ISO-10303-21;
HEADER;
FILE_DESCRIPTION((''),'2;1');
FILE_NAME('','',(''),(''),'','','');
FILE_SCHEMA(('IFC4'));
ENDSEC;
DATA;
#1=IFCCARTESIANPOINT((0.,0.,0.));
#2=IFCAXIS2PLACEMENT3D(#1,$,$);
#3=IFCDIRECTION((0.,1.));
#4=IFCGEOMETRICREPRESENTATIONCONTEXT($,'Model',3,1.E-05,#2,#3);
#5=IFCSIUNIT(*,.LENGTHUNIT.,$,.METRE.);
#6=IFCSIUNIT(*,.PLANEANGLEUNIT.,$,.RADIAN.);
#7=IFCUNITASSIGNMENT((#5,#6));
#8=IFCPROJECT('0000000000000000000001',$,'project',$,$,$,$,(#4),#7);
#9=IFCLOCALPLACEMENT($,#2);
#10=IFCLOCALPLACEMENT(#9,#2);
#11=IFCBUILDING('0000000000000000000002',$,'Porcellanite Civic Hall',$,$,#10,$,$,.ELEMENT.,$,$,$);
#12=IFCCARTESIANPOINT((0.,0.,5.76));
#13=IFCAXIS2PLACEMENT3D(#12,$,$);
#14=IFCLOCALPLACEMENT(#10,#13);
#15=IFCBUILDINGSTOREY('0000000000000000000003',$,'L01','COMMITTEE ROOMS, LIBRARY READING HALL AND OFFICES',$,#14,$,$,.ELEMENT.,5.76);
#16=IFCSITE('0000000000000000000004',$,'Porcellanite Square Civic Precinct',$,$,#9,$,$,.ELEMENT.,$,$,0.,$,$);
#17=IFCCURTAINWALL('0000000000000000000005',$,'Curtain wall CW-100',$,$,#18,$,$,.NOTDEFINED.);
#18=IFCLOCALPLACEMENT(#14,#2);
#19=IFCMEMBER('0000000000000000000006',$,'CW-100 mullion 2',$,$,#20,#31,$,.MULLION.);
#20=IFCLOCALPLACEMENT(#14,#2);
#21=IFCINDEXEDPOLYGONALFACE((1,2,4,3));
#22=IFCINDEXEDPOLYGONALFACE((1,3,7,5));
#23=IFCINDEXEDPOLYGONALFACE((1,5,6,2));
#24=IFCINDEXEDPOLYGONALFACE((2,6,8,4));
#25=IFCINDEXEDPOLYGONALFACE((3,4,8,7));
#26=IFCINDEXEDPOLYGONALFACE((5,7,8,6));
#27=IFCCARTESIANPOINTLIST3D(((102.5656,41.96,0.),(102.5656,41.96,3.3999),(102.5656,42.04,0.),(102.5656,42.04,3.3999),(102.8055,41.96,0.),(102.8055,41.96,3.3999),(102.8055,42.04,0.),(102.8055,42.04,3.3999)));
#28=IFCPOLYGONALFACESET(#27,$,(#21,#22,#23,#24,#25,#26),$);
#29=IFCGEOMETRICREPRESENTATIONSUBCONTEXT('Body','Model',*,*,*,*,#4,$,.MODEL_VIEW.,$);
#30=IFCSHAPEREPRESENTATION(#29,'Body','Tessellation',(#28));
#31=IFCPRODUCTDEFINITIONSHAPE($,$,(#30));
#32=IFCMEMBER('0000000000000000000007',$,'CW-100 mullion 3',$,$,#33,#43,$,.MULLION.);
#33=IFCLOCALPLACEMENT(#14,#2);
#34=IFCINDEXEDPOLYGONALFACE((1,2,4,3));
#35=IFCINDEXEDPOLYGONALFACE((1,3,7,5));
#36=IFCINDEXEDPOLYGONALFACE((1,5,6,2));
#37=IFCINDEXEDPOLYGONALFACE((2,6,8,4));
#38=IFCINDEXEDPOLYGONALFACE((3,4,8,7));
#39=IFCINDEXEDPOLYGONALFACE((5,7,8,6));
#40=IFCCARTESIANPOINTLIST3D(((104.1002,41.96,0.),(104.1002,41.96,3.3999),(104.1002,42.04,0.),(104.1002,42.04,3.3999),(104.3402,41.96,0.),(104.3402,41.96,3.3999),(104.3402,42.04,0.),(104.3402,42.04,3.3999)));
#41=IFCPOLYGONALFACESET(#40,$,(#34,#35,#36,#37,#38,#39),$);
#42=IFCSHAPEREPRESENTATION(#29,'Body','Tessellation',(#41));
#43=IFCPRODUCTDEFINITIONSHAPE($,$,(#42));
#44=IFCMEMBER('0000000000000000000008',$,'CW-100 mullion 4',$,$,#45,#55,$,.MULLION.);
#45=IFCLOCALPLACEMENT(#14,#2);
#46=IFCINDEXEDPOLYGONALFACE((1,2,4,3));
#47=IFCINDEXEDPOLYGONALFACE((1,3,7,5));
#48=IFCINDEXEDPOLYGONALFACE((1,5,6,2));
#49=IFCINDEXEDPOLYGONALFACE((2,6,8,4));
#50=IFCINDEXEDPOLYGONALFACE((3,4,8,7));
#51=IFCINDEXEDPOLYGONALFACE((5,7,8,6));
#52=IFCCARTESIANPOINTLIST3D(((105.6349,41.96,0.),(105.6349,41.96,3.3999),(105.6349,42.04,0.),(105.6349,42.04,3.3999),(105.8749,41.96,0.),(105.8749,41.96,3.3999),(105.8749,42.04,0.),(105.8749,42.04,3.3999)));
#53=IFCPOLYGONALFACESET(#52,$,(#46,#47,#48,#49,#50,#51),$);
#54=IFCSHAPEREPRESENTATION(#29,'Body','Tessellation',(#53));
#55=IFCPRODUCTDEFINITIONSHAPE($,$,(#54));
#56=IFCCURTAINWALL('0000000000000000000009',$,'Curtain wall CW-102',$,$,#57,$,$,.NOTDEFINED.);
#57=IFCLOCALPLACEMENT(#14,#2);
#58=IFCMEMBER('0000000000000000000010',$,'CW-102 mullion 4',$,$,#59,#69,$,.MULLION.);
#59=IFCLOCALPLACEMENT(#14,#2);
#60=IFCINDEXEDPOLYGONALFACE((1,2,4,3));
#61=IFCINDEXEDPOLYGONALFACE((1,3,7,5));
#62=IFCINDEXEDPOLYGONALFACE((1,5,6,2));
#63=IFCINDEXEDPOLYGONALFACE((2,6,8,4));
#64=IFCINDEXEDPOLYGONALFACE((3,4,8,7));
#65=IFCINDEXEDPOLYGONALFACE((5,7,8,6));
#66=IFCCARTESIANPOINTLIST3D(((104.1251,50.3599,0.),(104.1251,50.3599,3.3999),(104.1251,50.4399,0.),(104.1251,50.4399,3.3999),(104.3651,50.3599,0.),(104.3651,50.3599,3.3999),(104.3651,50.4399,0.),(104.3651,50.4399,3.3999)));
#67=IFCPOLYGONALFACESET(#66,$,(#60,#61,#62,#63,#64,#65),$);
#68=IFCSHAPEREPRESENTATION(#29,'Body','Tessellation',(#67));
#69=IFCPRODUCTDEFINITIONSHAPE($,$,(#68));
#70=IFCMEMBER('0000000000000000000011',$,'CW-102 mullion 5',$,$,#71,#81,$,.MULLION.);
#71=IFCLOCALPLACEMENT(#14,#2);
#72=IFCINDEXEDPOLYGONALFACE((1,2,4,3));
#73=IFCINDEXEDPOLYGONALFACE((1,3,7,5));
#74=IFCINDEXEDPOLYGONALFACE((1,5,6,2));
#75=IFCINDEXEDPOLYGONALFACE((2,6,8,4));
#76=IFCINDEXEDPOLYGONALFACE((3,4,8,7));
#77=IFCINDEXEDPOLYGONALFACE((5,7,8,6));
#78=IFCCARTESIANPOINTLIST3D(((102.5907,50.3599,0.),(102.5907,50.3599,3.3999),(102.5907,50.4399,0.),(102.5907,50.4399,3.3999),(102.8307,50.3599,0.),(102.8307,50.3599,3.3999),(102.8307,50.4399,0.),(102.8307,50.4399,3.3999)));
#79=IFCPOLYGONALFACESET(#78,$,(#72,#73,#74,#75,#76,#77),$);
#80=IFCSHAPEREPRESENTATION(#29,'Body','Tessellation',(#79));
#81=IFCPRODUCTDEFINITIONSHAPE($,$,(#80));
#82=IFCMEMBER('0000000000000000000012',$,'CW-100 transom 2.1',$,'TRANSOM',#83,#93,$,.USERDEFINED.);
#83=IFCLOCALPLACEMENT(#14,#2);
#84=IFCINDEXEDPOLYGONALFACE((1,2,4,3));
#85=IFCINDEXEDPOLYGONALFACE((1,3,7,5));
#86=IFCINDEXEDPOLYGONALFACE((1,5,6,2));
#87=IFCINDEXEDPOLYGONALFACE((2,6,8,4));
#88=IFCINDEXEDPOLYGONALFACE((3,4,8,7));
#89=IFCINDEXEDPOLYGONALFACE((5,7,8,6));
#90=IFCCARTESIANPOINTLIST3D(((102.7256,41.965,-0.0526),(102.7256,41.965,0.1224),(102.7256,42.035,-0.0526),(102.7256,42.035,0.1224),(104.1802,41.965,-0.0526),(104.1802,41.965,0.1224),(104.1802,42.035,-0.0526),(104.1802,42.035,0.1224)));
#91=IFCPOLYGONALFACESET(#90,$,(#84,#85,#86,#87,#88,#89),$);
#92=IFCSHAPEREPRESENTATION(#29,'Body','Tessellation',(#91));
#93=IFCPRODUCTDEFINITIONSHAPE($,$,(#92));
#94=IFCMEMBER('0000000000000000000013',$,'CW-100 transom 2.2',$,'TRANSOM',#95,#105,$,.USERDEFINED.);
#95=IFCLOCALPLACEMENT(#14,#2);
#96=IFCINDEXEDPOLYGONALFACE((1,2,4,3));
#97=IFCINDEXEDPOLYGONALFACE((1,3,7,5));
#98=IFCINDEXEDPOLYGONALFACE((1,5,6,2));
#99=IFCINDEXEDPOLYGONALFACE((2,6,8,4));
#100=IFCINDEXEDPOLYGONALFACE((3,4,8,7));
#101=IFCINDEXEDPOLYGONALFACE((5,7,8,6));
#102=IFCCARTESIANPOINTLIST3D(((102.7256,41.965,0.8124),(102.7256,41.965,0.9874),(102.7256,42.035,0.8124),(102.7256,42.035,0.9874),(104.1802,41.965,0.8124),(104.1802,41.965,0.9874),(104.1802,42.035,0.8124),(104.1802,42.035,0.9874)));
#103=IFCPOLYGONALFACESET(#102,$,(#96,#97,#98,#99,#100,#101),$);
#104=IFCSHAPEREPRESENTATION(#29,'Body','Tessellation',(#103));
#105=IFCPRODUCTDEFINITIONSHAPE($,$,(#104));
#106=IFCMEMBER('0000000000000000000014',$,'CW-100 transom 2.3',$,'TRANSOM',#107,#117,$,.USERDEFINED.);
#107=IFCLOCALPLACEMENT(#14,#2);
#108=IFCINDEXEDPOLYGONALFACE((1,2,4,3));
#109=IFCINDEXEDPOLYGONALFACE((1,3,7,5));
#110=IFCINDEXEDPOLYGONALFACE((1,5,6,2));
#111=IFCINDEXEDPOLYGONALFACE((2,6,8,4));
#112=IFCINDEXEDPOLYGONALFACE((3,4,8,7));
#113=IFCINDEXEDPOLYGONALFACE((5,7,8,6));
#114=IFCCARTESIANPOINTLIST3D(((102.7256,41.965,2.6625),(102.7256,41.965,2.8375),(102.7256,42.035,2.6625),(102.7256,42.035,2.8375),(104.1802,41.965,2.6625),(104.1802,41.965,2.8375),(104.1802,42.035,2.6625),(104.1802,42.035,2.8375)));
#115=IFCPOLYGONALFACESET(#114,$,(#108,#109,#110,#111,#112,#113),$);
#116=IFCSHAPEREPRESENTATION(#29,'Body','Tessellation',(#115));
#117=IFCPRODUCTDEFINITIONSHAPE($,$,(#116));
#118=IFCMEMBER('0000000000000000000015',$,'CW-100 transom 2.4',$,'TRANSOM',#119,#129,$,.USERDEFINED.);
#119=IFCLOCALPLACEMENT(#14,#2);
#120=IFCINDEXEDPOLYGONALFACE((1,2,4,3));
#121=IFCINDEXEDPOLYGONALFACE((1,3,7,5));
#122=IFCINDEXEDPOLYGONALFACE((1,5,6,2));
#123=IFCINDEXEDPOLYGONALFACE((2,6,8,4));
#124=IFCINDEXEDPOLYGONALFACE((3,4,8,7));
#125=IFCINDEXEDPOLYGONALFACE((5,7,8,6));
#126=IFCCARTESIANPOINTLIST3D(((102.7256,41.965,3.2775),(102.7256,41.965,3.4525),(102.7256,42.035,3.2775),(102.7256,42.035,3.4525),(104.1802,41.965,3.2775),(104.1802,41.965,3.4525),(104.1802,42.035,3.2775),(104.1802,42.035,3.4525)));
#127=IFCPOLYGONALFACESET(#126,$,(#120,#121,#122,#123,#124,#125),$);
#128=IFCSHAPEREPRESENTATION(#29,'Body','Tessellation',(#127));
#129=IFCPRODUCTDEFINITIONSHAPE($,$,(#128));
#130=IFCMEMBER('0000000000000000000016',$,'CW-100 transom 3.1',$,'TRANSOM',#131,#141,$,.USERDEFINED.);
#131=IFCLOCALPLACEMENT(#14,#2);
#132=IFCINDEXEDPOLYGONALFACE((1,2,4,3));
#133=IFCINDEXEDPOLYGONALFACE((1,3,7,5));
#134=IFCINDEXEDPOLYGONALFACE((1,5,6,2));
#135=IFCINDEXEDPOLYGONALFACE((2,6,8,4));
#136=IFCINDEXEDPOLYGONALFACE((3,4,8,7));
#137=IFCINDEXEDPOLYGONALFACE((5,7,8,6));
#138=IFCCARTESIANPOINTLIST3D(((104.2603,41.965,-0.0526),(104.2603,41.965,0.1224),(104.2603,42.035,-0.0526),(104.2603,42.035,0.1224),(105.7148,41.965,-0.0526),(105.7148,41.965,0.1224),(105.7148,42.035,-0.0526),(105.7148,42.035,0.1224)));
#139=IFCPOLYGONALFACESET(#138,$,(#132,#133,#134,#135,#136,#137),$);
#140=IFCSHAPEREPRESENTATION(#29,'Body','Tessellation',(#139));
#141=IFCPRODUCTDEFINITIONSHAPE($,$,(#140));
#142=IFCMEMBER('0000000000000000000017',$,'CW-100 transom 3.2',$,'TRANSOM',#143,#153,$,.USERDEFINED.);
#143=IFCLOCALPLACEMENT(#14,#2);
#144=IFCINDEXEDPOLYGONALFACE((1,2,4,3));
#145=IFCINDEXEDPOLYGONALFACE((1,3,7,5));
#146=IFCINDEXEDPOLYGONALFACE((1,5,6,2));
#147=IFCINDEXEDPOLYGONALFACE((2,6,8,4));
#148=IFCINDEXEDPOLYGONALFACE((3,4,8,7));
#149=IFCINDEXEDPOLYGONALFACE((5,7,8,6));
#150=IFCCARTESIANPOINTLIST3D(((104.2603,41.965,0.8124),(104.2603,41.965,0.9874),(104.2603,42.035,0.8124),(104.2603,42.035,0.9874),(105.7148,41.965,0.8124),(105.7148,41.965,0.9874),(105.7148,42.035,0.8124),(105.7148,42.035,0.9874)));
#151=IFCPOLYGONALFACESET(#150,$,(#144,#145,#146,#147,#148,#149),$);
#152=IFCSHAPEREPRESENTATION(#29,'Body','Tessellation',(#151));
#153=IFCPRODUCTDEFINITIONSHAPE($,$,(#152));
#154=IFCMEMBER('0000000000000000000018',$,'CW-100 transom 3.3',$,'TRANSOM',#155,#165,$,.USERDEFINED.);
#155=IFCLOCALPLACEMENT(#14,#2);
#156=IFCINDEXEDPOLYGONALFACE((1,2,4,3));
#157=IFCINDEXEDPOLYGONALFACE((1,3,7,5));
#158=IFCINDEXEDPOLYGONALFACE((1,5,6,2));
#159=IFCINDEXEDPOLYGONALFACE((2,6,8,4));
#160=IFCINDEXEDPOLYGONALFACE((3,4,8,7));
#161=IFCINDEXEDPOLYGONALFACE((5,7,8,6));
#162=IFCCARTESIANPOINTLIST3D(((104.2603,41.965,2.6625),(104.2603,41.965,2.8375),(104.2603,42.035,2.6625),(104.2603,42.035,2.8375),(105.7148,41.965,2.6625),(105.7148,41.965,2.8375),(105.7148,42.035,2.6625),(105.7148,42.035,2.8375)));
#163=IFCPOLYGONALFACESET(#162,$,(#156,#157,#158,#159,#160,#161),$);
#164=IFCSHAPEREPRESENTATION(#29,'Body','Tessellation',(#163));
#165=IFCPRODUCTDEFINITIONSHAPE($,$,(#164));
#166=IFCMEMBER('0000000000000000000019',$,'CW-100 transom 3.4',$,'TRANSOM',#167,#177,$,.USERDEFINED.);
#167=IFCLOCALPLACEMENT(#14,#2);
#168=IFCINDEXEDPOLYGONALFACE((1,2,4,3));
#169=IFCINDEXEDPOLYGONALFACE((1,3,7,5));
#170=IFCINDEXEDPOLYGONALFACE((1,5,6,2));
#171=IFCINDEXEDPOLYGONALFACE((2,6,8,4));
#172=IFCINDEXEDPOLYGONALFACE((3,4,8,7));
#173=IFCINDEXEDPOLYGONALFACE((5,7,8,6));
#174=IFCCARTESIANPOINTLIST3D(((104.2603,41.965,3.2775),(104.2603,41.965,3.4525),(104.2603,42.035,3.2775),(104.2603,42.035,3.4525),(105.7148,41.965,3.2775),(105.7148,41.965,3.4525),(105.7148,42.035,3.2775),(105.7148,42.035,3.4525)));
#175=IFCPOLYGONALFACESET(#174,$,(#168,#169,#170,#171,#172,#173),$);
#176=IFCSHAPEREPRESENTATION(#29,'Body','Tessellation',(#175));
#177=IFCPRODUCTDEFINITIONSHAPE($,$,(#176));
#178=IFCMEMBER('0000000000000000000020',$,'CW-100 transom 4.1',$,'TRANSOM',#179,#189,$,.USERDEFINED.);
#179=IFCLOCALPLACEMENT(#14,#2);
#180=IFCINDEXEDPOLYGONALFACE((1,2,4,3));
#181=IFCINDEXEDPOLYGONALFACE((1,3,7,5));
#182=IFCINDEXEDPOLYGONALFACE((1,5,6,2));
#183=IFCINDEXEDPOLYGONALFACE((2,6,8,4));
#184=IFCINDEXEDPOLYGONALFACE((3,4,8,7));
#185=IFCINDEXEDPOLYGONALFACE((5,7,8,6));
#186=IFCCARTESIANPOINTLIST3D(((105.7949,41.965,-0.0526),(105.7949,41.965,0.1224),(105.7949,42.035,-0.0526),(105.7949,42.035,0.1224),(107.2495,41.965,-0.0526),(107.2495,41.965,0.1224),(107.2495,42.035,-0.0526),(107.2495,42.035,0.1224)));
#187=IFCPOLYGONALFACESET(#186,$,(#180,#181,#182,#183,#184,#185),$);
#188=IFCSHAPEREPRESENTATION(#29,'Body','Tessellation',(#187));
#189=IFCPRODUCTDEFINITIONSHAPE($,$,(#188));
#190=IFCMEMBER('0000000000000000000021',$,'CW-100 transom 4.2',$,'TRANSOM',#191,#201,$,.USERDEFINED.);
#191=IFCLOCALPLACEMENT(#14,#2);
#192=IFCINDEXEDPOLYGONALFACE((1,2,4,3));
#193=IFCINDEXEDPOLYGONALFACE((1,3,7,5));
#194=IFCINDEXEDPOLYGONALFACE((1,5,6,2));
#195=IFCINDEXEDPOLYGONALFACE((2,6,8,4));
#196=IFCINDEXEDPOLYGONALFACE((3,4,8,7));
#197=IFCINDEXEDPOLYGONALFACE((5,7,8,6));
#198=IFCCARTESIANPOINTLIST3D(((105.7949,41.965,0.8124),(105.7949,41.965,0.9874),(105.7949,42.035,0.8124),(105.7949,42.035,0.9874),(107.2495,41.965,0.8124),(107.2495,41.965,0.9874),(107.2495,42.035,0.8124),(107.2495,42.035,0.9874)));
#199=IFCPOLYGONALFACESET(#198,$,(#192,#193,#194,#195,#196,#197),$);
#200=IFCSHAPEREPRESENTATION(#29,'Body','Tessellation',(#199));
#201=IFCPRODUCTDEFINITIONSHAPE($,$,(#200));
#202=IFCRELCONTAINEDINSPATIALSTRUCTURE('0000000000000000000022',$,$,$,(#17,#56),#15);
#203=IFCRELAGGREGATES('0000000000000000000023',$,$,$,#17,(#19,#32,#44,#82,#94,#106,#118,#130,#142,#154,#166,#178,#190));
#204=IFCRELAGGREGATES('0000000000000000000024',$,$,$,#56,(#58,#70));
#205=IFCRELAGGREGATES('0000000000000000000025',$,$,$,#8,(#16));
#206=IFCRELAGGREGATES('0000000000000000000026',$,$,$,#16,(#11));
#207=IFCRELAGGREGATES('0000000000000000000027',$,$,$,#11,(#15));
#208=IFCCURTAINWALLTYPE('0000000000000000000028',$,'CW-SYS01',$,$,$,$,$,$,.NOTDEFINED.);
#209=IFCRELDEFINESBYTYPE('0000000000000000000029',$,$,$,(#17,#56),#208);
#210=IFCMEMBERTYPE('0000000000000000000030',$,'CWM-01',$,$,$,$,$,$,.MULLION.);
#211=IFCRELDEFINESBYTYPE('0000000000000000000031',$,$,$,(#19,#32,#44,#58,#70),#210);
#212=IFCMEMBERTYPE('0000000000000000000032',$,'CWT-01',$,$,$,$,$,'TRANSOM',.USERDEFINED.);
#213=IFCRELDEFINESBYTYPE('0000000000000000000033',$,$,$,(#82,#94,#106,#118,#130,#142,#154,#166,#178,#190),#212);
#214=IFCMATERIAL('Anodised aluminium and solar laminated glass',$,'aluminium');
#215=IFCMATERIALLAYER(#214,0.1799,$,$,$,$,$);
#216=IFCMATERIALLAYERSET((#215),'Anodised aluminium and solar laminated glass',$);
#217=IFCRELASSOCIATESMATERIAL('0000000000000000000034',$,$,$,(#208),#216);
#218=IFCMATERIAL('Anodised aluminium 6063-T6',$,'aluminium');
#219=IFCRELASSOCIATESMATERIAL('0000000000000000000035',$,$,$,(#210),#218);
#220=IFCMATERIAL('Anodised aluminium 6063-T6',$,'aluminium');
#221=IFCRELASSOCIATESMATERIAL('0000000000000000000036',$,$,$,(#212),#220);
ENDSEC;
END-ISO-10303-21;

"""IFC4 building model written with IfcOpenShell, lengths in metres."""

from ifc_helpers import new_model, si_unit, direction, frame, origin, origin_2d, place, context, subcontext, project, spatial, rectangle, extrude, material, layer, layer_set, material_profile, profile_set, type_object, element, aggregate, save


model = new_model("IFC4")

# Units and contexts
model_context = context("Model", 3, precision=1e-05, world=origin(), true_north=direction((0.0, 1.0)))
body_context = subcontext(model_context, "Body", "Model", "MODEL_VIEW")
ifc_project = project(units=[si_unit("LENGTHUNIT", "METRE"), si_unit("PLANEANGLEUNIT", "RADIAN")], contexts=[model_context])

# Site, building, storey
site_placement = place(None, origin())
site = spatial("IfcSite", under=ifc_project, at=site_placement, Name="Porcellanite Square Civic Precinct", CompositionType="ELEMENT", RefElevation=0.0)
building_placement = place(site_placement, origin())
building = spatial("IfcBuilding", under=site, at=building_placement, Name="Porcellanite Civic Hall", CompositionType="ELEMENT")
storey_placement = place(building_placement, frame((0.0, 0.0, 5.76)))
storey = spatial("IfcBuildingStorey", under=building, at=storey_placement, Name="L01", Description="COMMITTEE ROOMS, LIBRARY READING HALL AND OFFICES", CompositionType="ELEMENT", Elevation=5.76)

# Curtain walls, members
ifc_material_1 = material(Name="Anodised aluminium and solar laminated glass", Category="aluminium")
ifc_layer_1 = layer(ifc_material_1, 0.1799)
ifc_layer_set_1 = layer_set([ifc_layer_1], Name="Anodised aluminium and solar laminated glass")
curtain_wall_type = type_object("IfcCurtainWallType", Name="CW-SYS01", PredefinedType="NOTDEFINED", material=ifc_layer_set_1)
curtain_wall_1_placement = place(storey_placement, origin())
curtain_wall_1 = element("IfcCurtainWall", 1, at=curtain_wall_1_placement, inside=storey, type_object=curtain_wall_type, Name="Curtain wall CW-100", PredefinedType="NOTDEFINED")
ifc_material_2 = material(Name="Anodised aluminium 6063-T6", Category="aluminium")
ifc_material_profile_1 = material_profile(ifc_material_2, rectangle(XDim=0.0801, YDim=0.24, at=origin_2d()), Name="AL-80x240")
ifc_profile_set_1 = profile_set([ifc_material_profile_1], Name="Anodised aluminium 6063-T6")
member_type_1 = type_object("IfcMemberType", Name="CWM-01", PredefinedType="MULLION", material=ifc_profile_set_1)
member_1_placement = place(storey_placement, frame((102.6855, 42.0, 0.0), z_axis=(0.0, 0.0, 1.0), x_axis=(0.0, 1.0, 0.0)))
member_1 = element("IfcMember", 2, at=member_1_placement, type_object=member_type_1, Name="CW-100 mullion 2", PredefinedType="MULLION", context=body_context, shape_type="SweptSolid", body=[
    extrude(rectangle(XDim=0.0801, YDim=0.24, at=origin_2d()), origin(), (0.0, 0.0, 1.0), 3.3999),
])
member_2_placement = place(storey_placement, frame((104.2202, 42.0, 0.0), z_axis=(0.0, 0.0, 1.0), x_axis=(0.0, 1.0, 0.0)))
member_2 = element("IfcMember", 3, at=member_2_placement, type_object=member_type_1, Name="CW-100 mullion 3", PredefinedType="MULLION", context=body_context, shape_type="SweptSolid", body=[
    extrude(rectangle(XDim=0.0801, YDim=0.24, at=origin_2d()), origin(), (0.0, 0.0, 1.0), 3.3999),
])
member_3_placement = place(storey_placement, frame((105.7549, 42.0, 0.0), z_axis=(0.0, 0.0, 1.0), x_axis=(0.0, 1.0, 0.0)))
member_3 = element("IfcMember", 4, at=member_3_placement, type_object=member_type_1, Name="CW-100 mullion 4", PredefinedType="MULLION", context=body_context, shape_type="SweptSolid", body=[
    extrude(rectangle(XDim=0.0801, YDim=0.24, at=origin_2d()), origin(), (0.0, 0.0, 1.0), 3.3999),
])
curtain_wall_2_placement = place(storey_placement, origin())
curtain_wall_2 = element("IfcCurtainWall", 5, at=curtain_wall_2_placement, inside=storey, type_object=curtain_wall_type, Name="Curtain wall CW-102", PredefinedType="NOTDEFINED")
member_4_placement = place(storey_placement, frame((104.2451, 50.3999, 0.0), z_axis=(0.0, 0.0, 1.0), x_axis=(0.0, -1.0, 0.0)))
member_4 = element("IfcMember", 6, at=member_4_placement, type_object=member_type_1, Name="CW-102 mullion 4", PredefinedType="MULLION", context=body_context, shape_type="SweptSolid", body=[
    extrude(rectangle(XDim=0.0801, YDim=0.24, at=origin_2d()), origin(), (0.0, 0.0, 1.0), 3.3999),
])
member_5_placement = place(storey_placement, frame((102.7107, 50.3999, 0.0), z_axis=(0.0, 0.0, 1.0), x_axis=(0.0, -1.0, 0.0)))
member_5 = element("IfcMember", 7, at=member_5_placement, type_object=member_type_1, Name="CW-102 mullion 5", PredefinedType="MULLION", context=body_context, shape_type="SweptSolid", body=[
    extrude(rectangle(XDim=0.0801, YDim=0.24, at=origin_2d()), origin(), (0.0, 0.0, 1.0), 3.3999),
])

# Members
ifc_material_3 = material(Name="Anodised aluminium 6063-T6", Category="aluminium")
ifc_material_profile_2 = material_profile(ifc_material_3, rectangle(XDim=0.0701, YDim=0.175, at=origin_2d()), Name="AL-70x175")
ifc_profile_set_2 = profile_set([ifc_material_profile_2], Name="Anodised aluminium 6063-T6")
member_type_2 = type_object("IfcMemberType", Name="CWT-01", ElementType="TRANSOM", PredefinedType="USERDEFINED", material=ifc_profile_set_2)
member_6_placement = place(storey_placement, frame((102.7256, 42.0, 0.0349), z_axis=(1.0, 0.0, 0.0), x_axis=(0.0, 1.0, 0.0)))
member_6 = element("IfcMember", 8, at=member_6_placement, type_object=member_type_2, Name="CW-100 transom 2.1", ObjectType="TRANSOM", PredefinedType="USERDEFINED", context=body_context, shape_type="SweptSolid", body=[
    extrude(rectangle(XDim=0.0701, YDim=0.175, at=origin_2d()), origin(), (0.0, 0.0, 1.0), 1.4546),
])
member_7_placement = place(storey_placement, frame((102.7256, 42.0, 0.8999), z_axis=(1.0, 0.0, 0.0), x_axis=(0.0, 1.0, 0.0)))
member_7 = element("IfcMember", 9, at=member_7_placement, type_object=member_type_2, Name="CW-100 transom 2.2", ObjectType="TRANSOM", PredefinedType="USERDEFINED", context=body_context, shape_type="SweptSolid", body=[
    extrude(rectangle(XDim=0.0701, YDim=0.175, at=origin_2d()), origin(), (0.0, 0.0, 1.0), 1.4546),
])
member_8_placement = place(storey_placement, frame((102.7256, 42.0, 2.75), z_axis=(1.0, 0.0, 0.0), x_axis=(0.0, 1.0, 0.0)))
member_8 = element("IfcMember", 10, at=member_8_placement, type_object=member_type_2, Name="CW-100 transom 2.3", ObjectType="TRANSOM", PredefinedType="USERDEFINED", context=body_context, shape_type="SweptSolid", body=[
    extrude(rectangle(XDim=0.0701, YDim=0.175, at=origin_2d()), origin(), (0.0, 0.0, 1.0), 1.4546),
])
member_9_placement = place(storey_placement, frame((102.7256, 42.0, 3.365), z_axis=(1.0, 0.0, 0.0), x_axis=(0.0, 1.0, 0.0)))
member_9 = element("IfcMember", 11, at=member_9_placement, type_object=member_type_2, Name="CW-100 transom 2.4", ObjectType="TRANSOM", PredefinedType="USERDEFINED", context=body_context, shape_type="SweptSolid", body=[
    extrude(rectangle(XDim=0.0701, YDim=0.175, at=origin_2d()), origin(), (0.0, 0.0, 1.0), 1.4546),
])
member_10_placement = place(storey_placement, frame((104.2603, 42.0, 0.0349), z_axis=(1.0, 0.0, 0.0), x_axis=(0.0, 1.0, 0.0)))
member_10 = element("IfcMember", 12, at=member_10_placement, type_object=member_type_2, Name="CW-100 transom 3.1", ObjectType="TRANSOM", PredefinedType="USERDEFINED", context=body_context, shape_type="SweptSolid", body=[
    extrude(rectangle(XDim=0.0701, YDim=0.175, at=origin_2d()), origin(), (0.0, 0.0, 1.0), 1.4546),
])
member_11_placement = place(storey_placement, frame((104.2603, 42.0, 0.8999), z_axis=(1.0, 0.0, 0.0), x_axis=(0.0, 1.0, 0.0)))
member_11 = element("IfcMember", 13, at=member_11_placement, type_object=member_type_2, Name="CW-100 transom 3.2", ObjectType="TRANSOM", PredefinedType="USERDEFINED", context=body_context, shape_type="SweptSolid", body=[
    extrude(rectangle(XDim=0.0701, YDim=0.175, at=origin_2d()), origin(), (0.0, 0.0, 1.0), 1.4546),
])
member_12_placement = place(storey_placement, frame((104.2603, 42.0, 2.75), z_axis=(1.0, 0.0, 0.0), x_axis=(0.0, 1.0, 0.0)))
member_12 = element("IfcMember", 14, at=member_12_placement, type_object=member_type_2, Name="CW-100 transom 3.3", ObjectType="TRANSOM", PredefinedType="USERDEFINED", context=body_context, shape_type="SweptSolid", body=[
    extrude(rectangle(XDim=0.0701, YDim=0.175, at=origin_2d()), origin(), (0.0, 0.0, 1.0), 1.4546),
])
member_13_placement = place(storey_placement, frame((104.2603, 42.0, 3.365), z_axis=(1.0, 0.0, 0.0), x_axis=(0.0, 1.0, 0.0)))
member_13 = element("IfcMember", 15, at=member_13_placement, type_object=member_type_2, Name="CW-100 transom 3.4", ObjectType="TRANSOM", PredefinedType="USERDEFINED", context=body_context, shape_type="SweptSolid", body=[
    extrude(rectangle(XDim=0.0701, YDim=0.175, at=origin_2d()), origin(), (0.0, 0.0, 1.0), 1.4546),
])
member_14_placement = place(storey_placement, frame((105.7949, 42.0, 0.0349), z_axis=(1.0, 0.0, 0.0), x_axis=(0.0, 1.0, 0.0)))
member_14 = element("IfcMember", 16, at=member_14_placement, type_object=member_type_2, Name="CW-100 transom 4.1", ObjectType="TRANSOM", PredefinedType="USERDEFINED", context=body_context, shape_type="SweptSolid", body=[
    extrude(rectangle(XDim=0.0701, YDim=0.175, at=origin_2d()), origin(), (0.0, 0.0, 1.0), 1.4546),
])
member_15_placement = place(storey_placement, frame((105.7949, 42.0, 0.8999), z_axis=(1.0, 0.0, 0.0), x_axis=(0.0, 1.0, 0.0)))
member_15 = element("IfcMember", 17, at=member_15_placement, type_object=member_type_2, Name="CW-100 transom 4.2", ObjectType="TRANSOM", PredefinedType="USERDEFINED", context=body_context, shape_type="SweptSolid", body=[
    extrude(rectangle(XDim=0.0701, YDim=0.175, at=origin_2d()), origin(), (0.0, 0.0, 1.0), 1.4546),
])

aggregate(curtain_wall_1, [member_1, member_2, member_3, member_6, member_7, member_8, member_9, member_10, member_11, member_12, member_13, member_14, member_15])
aggregate(curtain_wall_2, [member_4, member_5])

save(model, "model.ifc")
